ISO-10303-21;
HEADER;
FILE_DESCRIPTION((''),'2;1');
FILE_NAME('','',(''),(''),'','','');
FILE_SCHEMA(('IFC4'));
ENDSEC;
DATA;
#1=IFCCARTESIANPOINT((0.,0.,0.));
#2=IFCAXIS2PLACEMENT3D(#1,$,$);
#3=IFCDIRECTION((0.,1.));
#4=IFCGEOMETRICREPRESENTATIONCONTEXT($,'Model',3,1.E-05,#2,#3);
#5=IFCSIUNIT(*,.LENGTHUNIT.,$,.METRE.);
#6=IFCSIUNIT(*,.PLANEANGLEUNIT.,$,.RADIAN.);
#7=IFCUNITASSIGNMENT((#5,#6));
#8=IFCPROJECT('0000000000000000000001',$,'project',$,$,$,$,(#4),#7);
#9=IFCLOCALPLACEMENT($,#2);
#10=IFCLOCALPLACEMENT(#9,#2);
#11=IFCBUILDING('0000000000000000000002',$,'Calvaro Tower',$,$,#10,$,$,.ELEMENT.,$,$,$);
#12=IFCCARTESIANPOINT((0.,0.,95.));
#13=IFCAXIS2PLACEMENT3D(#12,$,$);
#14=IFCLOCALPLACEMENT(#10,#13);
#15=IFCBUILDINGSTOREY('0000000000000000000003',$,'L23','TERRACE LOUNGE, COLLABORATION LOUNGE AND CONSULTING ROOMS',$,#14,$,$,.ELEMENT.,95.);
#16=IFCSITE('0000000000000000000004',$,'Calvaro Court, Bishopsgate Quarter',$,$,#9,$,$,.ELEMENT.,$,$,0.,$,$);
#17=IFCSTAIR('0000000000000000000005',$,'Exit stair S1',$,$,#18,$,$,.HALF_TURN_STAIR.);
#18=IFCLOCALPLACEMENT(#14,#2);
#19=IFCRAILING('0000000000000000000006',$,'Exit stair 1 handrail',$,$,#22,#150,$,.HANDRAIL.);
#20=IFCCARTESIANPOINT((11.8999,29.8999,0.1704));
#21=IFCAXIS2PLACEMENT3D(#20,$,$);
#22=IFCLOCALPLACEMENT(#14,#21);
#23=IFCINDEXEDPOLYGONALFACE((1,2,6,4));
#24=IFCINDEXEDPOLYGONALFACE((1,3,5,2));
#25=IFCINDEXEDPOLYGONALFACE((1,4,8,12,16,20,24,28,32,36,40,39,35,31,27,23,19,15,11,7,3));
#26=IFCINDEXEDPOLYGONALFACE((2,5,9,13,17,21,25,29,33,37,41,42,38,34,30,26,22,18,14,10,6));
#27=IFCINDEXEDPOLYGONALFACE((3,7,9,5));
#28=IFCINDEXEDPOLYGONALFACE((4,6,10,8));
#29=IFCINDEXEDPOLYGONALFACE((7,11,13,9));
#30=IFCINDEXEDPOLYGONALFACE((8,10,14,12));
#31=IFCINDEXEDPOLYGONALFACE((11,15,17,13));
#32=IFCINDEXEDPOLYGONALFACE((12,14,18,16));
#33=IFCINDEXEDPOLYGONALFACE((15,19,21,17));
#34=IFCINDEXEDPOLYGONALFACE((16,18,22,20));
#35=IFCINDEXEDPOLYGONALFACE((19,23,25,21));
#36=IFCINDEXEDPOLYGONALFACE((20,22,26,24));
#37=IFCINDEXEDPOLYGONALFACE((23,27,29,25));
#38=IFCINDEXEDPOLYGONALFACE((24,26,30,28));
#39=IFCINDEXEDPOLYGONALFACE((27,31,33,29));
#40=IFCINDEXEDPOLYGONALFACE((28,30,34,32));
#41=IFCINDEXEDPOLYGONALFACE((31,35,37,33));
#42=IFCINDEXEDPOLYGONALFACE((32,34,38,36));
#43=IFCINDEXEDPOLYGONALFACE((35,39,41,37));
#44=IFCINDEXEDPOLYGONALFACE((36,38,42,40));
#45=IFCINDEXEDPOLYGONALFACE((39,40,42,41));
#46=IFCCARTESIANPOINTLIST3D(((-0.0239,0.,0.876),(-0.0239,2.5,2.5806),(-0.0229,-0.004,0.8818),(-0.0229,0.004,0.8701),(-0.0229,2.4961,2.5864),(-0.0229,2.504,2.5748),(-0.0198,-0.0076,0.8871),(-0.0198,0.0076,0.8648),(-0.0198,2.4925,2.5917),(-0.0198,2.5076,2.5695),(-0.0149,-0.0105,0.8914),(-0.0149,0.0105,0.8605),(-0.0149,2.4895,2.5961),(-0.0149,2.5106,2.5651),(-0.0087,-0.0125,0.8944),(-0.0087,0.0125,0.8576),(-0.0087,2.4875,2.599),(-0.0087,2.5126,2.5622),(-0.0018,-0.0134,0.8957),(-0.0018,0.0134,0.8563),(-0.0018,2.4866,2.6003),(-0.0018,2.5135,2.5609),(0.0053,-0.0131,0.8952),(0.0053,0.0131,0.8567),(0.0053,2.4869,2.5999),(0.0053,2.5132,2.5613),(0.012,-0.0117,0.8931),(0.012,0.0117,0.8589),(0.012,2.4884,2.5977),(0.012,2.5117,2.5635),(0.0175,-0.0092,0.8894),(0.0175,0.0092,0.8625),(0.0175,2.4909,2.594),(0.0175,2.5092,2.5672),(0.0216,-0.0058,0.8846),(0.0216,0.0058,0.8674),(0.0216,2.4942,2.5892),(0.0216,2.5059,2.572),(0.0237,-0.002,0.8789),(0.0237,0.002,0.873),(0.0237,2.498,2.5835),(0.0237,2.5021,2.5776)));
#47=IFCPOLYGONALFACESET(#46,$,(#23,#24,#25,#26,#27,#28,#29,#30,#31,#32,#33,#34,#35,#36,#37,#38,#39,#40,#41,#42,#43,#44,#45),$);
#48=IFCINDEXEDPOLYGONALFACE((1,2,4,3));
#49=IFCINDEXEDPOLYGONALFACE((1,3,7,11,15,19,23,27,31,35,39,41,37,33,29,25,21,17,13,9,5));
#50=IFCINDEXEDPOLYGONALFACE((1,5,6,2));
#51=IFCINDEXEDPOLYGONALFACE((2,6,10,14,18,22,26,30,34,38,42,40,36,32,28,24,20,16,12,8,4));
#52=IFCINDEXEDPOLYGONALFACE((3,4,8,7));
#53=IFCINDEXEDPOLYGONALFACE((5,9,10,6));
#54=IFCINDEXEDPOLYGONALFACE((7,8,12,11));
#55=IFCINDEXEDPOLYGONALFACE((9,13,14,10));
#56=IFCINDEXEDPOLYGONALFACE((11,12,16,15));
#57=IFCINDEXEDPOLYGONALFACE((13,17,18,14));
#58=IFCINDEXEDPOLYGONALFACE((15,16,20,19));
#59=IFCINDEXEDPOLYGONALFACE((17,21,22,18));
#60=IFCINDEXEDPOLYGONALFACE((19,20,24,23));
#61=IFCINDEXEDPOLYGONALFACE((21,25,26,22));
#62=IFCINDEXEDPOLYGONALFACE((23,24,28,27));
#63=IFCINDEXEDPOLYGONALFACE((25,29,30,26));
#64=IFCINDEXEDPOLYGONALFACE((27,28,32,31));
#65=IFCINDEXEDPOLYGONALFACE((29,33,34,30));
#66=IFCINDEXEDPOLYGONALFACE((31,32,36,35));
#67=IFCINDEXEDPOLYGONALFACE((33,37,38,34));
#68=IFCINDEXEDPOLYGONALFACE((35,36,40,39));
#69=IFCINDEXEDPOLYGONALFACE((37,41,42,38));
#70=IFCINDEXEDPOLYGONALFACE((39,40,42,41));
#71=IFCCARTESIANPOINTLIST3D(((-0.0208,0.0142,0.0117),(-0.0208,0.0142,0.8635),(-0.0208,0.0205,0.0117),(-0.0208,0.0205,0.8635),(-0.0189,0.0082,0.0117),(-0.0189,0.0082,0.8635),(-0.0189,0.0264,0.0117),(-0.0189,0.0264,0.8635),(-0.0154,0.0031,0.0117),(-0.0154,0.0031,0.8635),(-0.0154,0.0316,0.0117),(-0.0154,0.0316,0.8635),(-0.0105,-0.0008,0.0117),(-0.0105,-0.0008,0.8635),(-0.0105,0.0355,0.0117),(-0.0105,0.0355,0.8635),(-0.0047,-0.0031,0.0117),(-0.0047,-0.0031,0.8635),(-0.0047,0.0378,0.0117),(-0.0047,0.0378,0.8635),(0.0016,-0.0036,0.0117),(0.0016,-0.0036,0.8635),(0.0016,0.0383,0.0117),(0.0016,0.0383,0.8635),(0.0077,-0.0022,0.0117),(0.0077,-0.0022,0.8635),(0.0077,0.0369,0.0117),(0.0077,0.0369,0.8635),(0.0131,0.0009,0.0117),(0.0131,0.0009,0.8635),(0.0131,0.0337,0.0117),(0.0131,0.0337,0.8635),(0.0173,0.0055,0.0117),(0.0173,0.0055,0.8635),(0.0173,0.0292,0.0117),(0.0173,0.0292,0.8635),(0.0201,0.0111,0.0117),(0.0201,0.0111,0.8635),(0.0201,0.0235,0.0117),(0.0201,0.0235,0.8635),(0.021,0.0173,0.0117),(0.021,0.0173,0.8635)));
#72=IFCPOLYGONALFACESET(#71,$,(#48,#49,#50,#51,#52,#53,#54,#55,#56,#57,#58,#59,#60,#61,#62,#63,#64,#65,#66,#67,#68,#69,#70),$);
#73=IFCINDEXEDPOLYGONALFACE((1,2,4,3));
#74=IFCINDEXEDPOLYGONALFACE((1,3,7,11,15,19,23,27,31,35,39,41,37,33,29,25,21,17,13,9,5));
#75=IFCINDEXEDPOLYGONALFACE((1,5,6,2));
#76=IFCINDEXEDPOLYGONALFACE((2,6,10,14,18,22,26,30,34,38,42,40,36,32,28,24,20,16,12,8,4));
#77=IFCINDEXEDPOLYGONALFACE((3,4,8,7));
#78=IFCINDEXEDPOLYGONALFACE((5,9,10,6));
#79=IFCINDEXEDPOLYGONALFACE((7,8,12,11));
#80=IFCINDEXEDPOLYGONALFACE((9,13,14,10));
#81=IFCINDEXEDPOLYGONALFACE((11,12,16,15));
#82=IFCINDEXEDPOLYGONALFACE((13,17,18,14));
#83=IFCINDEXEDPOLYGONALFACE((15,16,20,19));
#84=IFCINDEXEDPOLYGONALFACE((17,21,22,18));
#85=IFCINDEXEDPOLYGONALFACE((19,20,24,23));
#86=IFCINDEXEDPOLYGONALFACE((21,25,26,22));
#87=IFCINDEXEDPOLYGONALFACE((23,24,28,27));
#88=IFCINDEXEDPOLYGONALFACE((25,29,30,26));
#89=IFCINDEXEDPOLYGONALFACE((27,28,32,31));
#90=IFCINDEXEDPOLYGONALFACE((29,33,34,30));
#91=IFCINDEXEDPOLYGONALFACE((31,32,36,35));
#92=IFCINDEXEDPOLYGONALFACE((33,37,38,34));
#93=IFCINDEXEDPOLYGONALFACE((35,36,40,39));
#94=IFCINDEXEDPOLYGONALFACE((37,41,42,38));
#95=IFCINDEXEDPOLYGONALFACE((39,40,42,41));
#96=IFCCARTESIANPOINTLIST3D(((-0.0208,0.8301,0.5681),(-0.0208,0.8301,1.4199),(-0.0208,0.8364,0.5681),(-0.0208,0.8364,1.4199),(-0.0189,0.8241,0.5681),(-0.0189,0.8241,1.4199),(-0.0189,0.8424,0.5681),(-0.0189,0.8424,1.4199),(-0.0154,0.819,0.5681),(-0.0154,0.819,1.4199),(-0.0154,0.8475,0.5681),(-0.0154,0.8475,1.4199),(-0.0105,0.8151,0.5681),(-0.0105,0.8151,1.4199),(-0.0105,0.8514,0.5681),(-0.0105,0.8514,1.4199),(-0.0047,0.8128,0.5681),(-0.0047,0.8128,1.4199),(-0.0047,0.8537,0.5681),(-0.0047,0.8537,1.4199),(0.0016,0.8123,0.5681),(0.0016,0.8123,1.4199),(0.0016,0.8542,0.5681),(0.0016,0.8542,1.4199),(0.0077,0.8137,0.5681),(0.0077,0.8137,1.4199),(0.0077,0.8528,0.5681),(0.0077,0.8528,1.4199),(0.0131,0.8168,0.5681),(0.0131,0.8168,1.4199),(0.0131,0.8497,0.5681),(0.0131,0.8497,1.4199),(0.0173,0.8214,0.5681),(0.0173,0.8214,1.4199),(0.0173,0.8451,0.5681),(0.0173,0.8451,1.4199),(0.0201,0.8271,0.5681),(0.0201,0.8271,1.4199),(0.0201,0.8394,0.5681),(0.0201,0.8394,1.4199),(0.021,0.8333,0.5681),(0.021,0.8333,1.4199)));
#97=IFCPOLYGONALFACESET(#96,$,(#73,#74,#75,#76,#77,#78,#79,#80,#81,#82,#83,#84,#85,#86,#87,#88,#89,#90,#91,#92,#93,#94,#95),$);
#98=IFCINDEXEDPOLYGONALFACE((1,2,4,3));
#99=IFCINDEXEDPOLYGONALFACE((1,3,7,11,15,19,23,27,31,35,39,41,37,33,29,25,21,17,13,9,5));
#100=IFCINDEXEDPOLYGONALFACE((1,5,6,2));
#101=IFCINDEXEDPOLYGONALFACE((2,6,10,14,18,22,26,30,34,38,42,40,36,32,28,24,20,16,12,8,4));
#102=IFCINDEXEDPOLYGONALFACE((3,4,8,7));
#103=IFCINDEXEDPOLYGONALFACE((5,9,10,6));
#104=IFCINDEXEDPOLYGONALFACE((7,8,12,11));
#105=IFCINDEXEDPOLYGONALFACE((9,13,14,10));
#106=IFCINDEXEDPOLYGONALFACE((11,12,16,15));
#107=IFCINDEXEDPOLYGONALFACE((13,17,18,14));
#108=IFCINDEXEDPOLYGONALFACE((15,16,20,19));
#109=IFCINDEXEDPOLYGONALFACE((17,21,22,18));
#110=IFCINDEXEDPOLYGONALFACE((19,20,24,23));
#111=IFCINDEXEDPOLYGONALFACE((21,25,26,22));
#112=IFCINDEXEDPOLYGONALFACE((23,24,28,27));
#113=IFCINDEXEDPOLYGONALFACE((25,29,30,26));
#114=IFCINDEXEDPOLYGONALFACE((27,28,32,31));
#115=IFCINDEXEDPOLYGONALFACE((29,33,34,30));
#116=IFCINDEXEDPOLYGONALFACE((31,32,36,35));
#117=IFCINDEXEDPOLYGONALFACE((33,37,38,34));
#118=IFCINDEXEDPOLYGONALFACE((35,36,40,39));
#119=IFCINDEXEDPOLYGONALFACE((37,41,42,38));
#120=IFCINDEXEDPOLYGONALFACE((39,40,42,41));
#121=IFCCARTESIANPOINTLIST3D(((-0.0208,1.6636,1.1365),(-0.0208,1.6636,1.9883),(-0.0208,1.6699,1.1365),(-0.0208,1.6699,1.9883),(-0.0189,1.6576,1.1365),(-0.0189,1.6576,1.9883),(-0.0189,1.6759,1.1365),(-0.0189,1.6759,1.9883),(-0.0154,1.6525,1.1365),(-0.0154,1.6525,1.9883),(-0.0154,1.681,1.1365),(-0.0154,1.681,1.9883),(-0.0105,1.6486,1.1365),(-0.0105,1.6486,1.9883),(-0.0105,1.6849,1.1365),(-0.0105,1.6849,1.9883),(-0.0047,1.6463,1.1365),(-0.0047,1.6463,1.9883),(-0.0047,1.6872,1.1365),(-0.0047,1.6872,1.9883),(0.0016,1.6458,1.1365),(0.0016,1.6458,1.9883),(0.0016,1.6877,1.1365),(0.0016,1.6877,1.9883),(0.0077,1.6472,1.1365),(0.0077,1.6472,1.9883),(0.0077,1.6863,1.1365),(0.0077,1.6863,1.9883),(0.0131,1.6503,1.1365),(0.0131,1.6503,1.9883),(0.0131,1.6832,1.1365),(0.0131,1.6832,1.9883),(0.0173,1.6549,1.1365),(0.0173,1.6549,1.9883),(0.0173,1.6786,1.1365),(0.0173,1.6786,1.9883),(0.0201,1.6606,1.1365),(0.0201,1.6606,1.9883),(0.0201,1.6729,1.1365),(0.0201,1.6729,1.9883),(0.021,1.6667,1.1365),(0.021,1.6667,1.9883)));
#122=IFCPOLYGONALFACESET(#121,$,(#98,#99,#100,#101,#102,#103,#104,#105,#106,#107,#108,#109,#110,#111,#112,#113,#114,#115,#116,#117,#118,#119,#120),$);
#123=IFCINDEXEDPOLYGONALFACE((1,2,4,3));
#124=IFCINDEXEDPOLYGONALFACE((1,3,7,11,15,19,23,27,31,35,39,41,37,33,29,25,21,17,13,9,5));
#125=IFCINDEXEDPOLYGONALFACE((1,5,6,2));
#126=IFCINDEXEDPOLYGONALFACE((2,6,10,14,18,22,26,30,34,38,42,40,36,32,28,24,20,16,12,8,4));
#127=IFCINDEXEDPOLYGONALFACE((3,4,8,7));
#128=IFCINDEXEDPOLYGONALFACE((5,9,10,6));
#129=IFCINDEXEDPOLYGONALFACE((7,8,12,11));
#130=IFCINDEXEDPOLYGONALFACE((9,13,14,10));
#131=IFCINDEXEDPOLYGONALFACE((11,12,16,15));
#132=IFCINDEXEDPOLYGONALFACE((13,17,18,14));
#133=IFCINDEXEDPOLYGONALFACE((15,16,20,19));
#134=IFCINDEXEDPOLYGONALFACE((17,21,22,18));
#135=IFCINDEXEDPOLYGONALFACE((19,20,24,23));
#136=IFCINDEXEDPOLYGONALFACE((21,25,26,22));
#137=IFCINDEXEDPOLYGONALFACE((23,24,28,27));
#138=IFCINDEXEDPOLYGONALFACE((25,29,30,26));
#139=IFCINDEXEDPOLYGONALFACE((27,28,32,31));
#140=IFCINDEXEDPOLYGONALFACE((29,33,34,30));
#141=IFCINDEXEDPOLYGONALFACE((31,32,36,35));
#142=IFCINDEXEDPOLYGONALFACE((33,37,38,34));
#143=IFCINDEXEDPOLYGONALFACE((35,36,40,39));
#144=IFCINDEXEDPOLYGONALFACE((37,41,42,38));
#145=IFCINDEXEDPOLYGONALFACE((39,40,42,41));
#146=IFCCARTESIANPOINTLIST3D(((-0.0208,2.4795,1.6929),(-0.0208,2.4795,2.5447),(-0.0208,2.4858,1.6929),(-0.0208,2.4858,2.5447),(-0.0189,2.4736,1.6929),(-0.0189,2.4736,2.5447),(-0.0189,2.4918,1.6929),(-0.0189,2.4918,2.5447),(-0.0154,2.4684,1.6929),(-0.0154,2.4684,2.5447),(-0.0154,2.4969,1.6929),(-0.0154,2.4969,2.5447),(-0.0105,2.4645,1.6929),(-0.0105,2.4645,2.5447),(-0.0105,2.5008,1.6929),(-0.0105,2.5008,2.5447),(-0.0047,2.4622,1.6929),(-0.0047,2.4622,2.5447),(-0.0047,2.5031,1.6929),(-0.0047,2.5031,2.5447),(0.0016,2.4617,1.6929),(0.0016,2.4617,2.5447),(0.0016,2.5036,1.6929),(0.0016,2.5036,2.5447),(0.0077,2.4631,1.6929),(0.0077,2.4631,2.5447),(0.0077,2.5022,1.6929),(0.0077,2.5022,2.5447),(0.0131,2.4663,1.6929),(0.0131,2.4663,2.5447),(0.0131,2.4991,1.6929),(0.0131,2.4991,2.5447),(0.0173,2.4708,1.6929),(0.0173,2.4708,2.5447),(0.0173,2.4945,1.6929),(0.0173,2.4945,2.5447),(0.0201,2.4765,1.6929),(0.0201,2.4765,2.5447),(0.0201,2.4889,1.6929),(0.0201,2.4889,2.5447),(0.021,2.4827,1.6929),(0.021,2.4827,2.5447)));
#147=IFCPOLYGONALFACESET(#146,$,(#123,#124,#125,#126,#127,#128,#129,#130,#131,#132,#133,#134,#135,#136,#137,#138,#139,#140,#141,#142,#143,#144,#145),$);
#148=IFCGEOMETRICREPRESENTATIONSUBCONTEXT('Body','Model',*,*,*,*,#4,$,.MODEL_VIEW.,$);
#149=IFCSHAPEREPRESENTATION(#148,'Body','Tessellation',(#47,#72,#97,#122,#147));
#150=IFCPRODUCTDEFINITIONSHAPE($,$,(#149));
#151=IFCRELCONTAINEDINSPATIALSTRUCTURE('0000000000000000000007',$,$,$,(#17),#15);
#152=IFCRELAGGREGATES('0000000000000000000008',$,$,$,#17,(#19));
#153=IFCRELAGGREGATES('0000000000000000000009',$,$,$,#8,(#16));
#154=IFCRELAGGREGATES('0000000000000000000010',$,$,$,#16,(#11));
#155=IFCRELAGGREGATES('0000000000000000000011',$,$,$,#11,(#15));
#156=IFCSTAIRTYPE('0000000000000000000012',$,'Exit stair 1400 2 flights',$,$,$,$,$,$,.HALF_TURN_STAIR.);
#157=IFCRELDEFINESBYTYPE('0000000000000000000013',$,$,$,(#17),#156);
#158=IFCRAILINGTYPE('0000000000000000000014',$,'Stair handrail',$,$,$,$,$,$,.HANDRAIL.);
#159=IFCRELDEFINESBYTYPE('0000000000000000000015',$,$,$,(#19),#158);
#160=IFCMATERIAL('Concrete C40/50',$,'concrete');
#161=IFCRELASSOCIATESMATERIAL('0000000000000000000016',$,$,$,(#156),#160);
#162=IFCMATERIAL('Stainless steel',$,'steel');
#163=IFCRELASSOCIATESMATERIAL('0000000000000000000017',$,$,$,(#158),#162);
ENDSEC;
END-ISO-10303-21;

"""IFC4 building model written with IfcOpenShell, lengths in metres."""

from ifc_helpers import new_model, si_unit, direction, frame, origin, origin_2d, place, context, subcontext, project, spatial, circle, extrude, material, type_object, element, aggregate, save


model = new_model("IFC4")

# Units and contexts
model_context = context("Model", 3, precision=1e-05, world=origin(), true_north=direction((0.0, 1.0)))
body_context = subcontext(model_context, "Body", "Model", "MODEL_VIEW")
ifc_project = project(units=[si_unit("LENGTHUNIT", "METRE"), si_unit("PLANEANGLEUNIT", "RADIAN")], contexts=[model_context])

# Site, building, storey
site_placement = place(None, origin())
site = spatial("IfcSite", under=ifc_project, at=site_placement, Name="Calvaro Court, Bishopsgate Quarter", CompositionType="ELEMENT", RefElevation=0.0)
building_placement = place(site_placement, origin())
building = spatial("IfcBuilding", under=site, at=building_placement, Name="Calvaro Tower", CompositionType="ELEMENT")
storey_placement = place(building_placement, frame((0.0, 0.0, 95.0)))
storey = spatial("IfcBuildingStorey", under=building, at=storey_placement, Name="L23", Description="TERRACE LOUNGE, COLLABORATION LOUNGE AND CONSULTING ROOMS", CompositionType="ELEMENT", Elevation=95.0)

# Stair, railing
ifc_material_1 = material(Name="Concrete C40/50", Category="concrete")
stair_type = type_object("IfcStairType", Name="Exit stair 1400 2 flights", PredefinedType="HALF_TURN_STAIR", material=ifc_material_1)
stair_placement = place(storey_placement, origin())
stair = element("IfcStair", 1, at=stair_placement, inside=storey, type_object=stair_type, Name="Exit stair S1", PredefinedType="HALF_TURN_STAIR")
ifc_material_2 = material(Name="Stainless steel", Category="steel")
railing_type = type_object("IfcRailingType", Name="Stair handrail", PredefinedType="HANDRAIL", material=ifc_material_2)
railing_1_placement = place(storey_placement, frame((11.8999, 29.8999, 0.1704)))
railing_1 = element("IfcRailing", 2, at=railing_1_placement, type_object=railing_type, Name="Exit stair 1 handrail", PredefinedType="HANDRAIL", context=body_context, shape_type="SweptSolid", body=[
    extrude(circle(Radius=0.0239, at=origin_2d()), frame((0.0, 0.0, 0.876), z_axis=(0.0, 0.826221, 0.563347), x_axis=(-1.0, 0.0, 0.0)), (0.0, 0.0, 1.0), 3.0259),
    extrude(circle(Radius=0.021, at=origin_2d()), frame((0.0, 0.0173, 0.0117)), (0.0, 0.0, 1.0), 0.8518),
    extrude(circle(Radius=0.021, at=origin_2d()), frame((0.0, 0.8333, 0.5681)), (0.0, 0.0, 1.0), 0.8518),
    extrude(circle(Radius=0.021, at=origin_2d()), frame((0.0, 1.6667, 1.1365)), (0.0, 0.0, 1.0), 0.8518),
    extrude(circle(Radius=0.021, at=origin_2d()), frame((0.0, 2.4827, 1.6929)), (0.0, 0.0, 1.0), 0.8518),
])
aggregate(stair, [railing_1])

save(model, "model.ifc")
